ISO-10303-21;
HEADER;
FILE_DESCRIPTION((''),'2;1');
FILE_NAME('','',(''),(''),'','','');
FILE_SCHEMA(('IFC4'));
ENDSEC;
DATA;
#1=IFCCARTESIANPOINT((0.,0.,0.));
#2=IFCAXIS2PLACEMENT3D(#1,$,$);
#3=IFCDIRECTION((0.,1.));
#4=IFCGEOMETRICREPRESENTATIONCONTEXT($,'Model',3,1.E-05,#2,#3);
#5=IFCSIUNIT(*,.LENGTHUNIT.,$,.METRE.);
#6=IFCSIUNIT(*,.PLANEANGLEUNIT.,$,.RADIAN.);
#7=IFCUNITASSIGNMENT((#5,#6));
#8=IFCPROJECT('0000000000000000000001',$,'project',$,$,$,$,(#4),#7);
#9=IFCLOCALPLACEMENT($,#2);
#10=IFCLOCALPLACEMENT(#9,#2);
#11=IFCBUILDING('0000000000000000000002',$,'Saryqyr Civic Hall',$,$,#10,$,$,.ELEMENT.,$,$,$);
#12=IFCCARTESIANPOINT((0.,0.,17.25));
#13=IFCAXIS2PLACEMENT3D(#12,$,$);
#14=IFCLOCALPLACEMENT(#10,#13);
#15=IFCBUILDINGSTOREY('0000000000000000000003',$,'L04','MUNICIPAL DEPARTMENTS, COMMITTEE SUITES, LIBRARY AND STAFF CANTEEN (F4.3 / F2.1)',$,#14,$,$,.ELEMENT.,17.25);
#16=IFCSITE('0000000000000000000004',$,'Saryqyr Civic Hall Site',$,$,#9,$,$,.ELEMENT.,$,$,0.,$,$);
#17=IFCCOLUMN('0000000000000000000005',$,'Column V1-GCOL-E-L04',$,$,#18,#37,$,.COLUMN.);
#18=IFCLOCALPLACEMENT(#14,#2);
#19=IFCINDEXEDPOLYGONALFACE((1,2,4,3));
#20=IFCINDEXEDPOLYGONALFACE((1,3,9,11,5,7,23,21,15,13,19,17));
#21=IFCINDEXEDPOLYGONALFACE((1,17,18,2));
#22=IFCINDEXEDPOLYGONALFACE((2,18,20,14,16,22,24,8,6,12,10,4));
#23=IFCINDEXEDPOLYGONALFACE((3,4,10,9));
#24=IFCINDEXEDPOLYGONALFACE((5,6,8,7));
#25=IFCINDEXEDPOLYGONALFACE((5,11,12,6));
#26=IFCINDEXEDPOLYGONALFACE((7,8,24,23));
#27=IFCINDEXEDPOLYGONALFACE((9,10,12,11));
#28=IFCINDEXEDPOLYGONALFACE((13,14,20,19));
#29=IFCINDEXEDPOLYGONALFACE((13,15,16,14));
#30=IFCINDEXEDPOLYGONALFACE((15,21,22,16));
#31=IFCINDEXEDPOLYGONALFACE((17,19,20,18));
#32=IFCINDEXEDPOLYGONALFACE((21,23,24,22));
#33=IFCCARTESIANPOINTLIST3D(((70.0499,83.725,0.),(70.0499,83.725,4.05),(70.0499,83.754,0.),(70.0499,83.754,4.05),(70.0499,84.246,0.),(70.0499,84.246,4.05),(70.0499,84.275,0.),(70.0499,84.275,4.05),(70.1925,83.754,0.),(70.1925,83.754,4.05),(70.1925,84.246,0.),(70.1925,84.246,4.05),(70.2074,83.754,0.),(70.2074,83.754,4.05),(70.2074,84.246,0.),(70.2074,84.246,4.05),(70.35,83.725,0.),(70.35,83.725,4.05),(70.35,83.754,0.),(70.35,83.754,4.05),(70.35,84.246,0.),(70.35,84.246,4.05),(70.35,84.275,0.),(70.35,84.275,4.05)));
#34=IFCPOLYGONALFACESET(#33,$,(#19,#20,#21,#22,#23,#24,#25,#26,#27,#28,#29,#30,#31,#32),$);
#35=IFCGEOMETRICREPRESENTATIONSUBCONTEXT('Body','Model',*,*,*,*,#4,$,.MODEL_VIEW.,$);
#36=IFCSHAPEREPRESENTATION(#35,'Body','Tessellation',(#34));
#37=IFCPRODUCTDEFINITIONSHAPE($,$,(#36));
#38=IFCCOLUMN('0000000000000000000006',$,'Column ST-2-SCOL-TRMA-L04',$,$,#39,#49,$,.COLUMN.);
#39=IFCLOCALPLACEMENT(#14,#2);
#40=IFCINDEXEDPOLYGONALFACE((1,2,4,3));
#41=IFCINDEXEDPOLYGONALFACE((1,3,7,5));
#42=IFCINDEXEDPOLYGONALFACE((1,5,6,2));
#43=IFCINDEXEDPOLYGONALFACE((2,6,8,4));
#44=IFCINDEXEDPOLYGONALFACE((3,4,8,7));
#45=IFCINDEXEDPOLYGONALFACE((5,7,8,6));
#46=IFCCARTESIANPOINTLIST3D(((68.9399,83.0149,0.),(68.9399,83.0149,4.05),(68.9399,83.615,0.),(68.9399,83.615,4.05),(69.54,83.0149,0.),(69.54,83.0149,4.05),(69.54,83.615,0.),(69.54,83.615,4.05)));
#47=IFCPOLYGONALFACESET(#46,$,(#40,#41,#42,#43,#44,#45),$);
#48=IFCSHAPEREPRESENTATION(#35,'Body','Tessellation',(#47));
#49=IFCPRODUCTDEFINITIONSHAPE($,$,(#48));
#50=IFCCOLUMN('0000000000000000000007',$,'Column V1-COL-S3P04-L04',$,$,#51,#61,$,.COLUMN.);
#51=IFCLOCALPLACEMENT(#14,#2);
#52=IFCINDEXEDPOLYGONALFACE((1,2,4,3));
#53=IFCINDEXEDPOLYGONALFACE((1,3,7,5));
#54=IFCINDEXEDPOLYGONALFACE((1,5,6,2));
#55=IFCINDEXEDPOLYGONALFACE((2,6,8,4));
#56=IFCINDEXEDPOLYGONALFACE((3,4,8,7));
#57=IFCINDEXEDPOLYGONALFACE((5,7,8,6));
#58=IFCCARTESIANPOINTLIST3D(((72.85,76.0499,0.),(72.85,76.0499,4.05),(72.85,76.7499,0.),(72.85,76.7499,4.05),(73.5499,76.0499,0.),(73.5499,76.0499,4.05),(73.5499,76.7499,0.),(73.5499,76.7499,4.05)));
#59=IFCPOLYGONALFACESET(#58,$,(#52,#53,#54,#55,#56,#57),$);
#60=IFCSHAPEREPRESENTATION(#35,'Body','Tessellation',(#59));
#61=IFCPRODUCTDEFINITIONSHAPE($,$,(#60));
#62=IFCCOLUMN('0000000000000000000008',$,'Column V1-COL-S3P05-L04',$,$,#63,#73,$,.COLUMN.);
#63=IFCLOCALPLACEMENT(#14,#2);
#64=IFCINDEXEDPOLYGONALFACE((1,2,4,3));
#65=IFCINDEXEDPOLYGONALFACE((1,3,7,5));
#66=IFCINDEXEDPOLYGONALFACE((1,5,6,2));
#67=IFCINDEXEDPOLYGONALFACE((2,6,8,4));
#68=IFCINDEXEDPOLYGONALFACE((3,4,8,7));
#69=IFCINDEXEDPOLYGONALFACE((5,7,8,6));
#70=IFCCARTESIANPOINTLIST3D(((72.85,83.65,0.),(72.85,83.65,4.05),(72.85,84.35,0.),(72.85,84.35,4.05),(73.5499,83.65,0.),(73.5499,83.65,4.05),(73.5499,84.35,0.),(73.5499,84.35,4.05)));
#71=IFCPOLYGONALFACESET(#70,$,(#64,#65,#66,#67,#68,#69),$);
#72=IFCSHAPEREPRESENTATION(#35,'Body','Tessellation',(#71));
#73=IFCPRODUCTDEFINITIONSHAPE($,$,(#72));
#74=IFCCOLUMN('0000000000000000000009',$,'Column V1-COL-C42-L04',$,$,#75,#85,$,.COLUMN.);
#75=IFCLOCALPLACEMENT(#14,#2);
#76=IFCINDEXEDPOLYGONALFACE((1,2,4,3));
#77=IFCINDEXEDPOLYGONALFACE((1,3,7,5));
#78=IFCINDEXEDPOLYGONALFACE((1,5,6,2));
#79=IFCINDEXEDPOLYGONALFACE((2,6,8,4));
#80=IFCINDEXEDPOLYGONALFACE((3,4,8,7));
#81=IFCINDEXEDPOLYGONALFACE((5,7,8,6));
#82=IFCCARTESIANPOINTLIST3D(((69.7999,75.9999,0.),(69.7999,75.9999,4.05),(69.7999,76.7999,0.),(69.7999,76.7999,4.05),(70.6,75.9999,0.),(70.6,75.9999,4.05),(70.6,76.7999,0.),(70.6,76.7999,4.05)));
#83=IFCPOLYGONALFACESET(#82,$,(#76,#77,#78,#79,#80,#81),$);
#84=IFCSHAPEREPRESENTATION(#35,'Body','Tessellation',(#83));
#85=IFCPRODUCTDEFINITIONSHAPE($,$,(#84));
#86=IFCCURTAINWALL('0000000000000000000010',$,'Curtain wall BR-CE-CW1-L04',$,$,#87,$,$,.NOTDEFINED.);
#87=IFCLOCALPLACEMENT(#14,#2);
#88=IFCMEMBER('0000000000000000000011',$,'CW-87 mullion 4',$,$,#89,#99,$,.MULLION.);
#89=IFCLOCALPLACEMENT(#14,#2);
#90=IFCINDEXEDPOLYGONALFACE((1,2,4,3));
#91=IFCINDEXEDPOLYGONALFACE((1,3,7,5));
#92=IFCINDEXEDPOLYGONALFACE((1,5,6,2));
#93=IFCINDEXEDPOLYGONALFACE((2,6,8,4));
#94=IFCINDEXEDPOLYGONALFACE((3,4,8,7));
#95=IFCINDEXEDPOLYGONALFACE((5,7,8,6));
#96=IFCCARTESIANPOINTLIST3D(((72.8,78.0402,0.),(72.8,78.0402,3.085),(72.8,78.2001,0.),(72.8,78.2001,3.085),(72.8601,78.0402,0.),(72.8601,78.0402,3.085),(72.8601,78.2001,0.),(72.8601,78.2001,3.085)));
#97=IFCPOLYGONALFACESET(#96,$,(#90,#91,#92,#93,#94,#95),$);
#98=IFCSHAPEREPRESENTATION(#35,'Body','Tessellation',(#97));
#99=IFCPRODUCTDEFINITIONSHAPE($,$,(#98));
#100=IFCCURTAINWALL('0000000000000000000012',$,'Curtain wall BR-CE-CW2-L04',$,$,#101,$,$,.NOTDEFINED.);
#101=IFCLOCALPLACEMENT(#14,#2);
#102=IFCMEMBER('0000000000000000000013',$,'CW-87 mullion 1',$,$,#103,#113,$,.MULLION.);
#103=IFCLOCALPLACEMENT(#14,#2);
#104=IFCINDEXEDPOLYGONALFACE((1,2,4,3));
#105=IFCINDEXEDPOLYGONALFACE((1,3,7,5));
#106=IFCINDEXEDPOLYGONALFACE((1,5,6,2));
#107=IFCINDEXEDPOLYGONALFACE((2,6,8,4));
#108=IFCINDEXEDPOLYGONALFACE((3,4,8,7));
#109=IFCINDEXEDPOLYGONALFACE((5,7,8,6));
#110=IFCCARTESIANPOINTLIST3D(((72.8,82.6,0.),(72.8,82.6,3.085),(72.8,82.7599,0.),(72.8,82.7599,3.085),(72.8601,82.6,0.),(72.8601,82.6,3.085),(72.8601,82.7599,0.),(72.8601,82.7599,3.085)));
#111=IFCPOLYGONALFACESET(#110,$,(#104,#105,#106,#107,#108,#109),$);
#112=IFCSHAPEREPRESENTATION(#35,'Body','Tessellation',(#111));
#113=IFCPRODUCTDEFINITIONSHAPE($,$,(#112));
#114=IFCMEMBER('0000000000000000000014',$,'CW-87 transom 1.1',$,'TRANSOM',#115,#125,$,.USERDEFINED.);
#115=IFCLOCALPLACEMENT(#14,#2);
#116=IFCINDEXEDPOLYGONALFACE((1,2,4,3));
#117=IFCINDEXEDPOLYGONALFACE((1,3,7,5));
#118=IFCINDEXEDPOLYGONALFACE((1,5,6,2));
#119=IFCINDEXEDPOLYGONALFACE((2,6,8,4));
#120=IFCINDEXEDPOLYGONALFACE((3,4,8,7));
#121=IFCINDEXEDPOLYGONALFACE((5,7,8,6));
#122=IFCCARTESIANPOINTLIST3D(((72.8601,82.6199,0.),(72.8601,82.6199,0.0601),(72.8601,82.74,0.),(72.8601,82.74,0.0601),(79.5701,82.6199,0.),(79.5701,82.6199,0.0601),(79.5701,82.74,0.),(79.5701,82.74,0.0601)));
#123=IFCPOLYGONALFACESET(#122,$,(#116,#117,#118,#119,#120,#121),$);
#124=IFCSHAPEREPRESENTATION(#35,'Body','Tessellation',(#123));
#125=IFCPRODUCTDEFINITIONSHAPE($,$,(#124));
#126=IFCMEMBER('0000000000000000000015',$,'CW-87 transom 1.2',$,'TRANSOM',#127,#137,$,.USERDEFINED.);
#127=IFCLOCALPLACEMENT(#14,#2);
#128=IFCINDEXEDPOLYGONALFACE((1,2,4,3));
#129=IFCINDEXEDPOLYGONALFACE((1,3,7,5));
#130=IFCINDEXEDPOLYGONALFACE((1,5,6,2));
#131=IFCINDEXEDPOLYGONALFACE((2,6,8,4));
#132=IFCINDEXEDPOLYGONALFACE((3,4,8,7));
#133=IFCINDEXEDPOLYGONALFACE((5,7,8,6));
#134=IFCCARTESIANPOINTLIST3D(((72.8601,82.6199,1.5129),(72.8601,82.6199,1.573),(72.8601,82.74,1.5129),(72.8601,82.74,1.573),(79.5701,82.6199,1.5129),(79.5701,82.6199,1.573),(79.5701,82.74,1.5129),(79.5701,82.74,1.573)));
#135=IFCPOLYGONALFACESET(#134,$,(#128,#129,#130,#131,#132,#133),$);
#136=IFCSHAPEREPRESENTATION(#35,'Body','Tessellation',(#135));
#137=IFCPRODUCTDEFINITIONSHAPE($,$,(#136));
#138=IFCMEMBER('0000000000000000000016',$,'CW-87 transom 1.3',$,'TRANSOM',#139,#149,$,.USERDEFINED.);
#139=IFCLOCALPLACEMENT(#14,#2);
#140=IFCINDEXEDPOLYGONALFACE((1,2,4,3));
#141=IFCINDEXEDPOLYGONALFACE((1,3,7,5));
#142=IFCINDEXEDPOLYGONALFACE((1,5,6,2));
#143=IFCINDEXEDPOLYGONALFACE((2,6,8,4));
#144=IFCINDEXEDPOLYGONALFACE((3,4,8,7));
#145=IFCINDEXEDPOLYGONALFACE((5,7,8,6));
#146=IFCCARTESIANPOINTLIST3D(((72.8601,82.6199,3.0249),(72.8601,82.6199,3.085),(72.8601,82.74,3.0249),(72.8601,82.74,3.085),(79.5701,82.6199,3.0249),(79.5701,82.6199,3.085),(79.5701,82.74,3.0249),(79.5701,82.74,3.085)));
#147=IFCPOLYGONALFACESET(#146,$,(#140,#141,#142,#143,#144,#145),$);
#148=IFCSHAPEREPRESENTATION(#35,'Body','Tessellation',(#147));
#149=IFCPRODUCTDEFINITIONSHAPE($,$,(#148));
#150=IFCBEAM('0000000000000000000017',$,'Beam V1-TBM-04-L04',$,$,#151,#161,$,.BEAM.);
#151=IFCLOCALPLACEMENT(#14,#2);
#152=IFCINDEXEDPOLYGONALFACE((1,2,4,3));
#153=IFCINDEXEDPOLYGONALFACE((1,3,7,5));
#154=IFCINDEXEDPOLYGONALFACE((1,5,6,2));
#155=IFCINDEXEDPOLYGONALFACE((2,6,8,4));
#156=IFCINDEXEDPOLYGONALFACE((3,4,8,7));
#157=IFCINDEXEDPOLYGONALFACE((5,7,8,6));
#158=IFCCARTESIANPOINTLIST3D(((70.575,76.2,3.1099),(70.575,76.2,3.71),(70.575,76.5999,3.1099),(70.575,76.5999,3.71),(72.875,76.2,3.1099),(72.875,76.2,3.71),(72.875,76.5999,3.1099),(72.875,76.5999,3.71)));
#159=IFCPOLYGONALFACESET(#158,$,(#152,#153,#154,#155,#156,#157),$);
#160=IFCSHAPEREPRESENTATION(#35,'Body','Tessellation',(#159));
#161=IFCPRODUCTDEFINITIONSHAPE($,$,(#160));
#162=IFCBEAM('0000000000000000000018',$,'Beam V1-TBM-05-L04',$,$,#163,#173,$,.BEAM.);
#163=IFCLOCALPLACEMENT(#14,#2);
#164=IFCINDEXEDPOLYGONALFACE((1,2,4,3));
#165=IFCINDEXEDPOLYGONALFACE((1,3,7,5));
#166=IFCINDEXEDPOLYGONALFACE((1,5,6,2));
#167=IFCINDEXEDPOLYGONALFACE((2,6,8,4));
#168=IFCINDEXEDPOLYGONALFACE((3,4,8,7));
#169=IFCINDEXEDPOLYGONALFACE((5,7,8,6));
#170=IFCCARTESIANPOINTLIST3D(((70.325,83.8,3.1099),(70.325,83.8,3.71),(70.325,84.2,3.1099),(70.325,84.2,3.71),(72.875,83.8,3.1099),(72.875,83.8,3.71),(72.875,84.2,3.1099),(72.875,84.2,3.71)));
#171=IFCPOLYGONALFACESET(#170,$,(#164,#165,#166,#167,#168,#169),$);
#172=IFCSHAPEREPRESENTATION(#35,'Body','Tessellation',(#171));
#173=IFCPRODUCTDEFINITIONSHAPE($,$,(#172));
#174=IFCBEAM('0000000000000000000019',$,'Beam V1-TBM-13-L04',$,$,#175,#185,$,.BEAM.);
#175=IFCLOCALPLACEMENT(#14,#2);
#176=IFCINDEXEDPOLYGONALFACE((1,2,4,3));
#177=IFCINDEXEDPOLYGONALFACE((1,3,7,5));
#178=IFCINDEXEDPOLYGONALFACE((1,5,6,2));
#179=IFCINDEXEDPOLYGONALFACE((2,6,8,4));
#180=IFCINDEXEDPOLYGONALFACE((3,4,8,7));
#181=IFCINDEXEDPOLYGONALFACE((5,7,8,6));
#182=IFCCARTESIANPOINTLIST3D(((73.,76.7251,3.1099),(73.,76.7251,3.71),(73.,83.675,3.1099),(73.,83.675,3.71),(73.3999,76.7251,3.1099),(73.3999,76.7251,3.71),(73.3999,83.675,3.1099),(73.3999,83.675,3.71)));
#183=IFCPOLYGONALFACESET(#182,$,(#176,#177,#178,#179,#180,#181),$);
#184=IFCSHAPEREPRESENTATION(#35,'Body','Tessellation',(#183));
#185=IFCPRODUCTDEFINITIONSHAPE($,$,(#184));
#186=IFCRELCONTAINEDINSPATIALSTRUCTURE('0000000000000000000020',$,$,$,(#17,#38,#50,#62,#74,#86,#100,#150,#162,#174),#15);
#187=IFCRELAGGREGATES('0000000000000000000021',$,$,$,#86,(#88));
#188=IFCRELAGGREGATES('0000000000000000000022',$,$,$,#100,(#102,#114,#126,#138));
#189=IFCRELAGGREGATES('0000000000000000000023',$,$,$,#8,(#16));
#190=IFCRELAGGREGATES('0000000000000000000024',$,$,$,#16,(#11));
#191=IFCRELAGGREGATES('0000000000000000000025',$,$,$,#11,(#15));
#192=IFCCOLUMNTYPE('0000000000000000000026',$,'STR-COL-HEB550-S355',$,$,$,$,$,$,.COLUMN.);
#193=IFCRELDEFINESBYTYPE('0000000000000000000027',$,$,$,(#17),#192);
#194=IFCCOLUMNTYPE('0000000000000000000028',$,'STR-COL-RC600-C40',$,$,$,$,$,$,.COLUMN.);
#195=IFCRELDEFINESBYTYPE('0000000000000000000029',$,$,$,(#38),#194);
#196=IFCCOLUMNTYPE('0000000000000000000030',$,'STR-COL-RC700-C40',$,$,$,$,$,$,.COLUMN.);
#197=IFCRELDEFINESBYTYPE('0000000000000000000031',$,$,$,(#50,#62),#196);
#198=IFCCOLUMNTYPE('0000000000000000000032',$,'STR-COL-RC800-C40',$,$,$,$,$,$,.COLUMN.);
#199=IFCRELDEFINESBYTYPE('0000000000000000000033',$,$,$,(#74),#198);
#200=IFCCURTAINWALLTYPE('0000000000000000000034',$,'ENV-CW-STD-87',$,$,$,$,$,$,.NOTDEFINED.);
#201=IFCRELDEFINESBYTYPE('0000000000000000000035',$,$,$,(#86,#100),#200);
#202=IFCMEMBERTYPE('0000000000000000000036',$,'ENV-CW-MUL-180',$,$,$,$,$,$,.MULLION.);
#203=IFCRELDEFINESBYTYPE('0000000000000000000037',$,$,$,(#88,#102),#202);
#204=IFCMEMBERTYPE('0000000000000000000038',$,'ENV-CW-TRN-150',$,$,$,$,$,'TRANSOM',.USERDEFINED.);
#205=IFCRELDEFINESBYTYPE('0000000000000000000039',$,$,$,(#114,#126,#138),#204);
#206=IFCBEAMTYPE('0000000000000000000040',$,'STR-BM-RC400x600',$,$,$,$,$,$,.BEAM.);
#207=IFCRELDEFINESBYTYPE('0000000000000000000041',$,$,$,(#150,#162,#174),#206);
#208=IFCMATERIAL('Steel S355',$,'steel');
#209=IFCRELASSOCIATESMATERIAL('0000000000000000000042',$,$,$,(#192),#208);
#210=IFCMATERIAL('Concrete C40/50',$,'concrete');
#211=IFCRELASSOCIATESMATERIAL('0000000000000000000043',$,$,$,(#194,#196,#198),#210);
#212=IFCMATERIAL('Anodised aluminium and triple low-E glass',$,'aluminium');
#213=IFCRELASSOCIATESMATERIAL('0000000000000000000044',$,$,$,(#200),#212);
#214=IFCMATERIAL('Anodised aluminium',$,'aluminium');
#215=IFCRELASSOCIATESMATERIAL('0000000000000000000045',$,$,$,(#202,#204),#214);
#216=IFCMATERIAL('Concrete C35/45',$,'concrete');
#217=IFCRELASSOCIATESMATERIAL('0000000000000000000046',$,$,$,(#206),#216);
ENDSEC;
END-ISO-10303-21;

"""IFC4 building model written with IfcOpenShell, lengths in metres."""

from ifc_helpers import new_model, si_unit, direction, frame, origin, origin_2d, place, context, subcontext, project, spatial, rectangle, i_section, extrude, material, material_profile, profile_set, type_object, element, aggregate, save


model = new_model("IFC4")

# Units and contexts
model_context = context("Model", 3, precision=1e-05, world=origin(), true_north=direction((0.0, 1.0)))
body_context = subcontext(model_context, "Body", "Model", "MODEL_VIEW")
ifc_project = project(units=[si_unit("LENGTHUNIT", "METRE"), si_unit("PLANEANGLEUNIT", "RADIAN")], contexts=[model_context])

# Site, building, storey
site_placement = place(None, origin())
site = spatial("IfcSite", under=ifc_project, at=site_placement, Name="Saryqyr Civic Hall Site", CompositionType="ELEMENT", RefElevation=0.0)
building_placement = place(site_placement, origin())
building = spatial("IfcBuilding", under=site, at=building_placement, Name="Saryqyr Civic Hall", CompositionType="ELEMENT")
storey_placement = place(building_placement, frame((0.0, 0.0, 17.25)))
storey = spatial("IfcBuildingStorey", under=building, at=storey_placement, Name="L04", Description="MUNICIPAL DEPARTMENTS, COMMITTEE SUITES, LIBRARY AND STAFF CANTEEN (F4.3 / F2.1)", CompositionType="ELEMENT", Elevation=17.25)

# Columns
ifc_material_1 = material(Name="Steel S355", Category="steel")
ifc_material_profile_1 = material_profile(ifc_material_1, i_section(OverallWidth=0.3, OverallDepth=0.55, WebThickness=0.0149, FlangeThickness=0.0291, at=origin_2d()), Name="HEB 550")
ifc_profile_set_1 = profile_set([ifc_material_profile_1], Name="Steel S355")
column_type_1 = type_object("IfcColumnType", Name="STR-COL-HEB550-S355", PredefinedType="COLUMN", material=ifc_profile_set_1)
column_1_placement = place(storey_placement, frame((70.2, 84.0, 0.0), z_axis=(0.0, 0.0, 1.0), x_axis=(1.0, 0.0, 0.0)))
element("IfcColumn", 1, at=column_1_placement, inside=storey, type_object=column_type_1, Name="Column V1-GCOL-E-L04", PredefinedType="COLUMN", context=body_context, shape_type="SweptSolid", body=[
    extrude(i_section(OverallWidth=0.3, OverallDepth=0.55, WebThickness=0.0149, FlangeThickness=0.0291, at=origin_2d()), origin(), (0.0, 0.0, 1.0), 4.05),
])
ifc_material_2 = material(Name="Concrete C40/50", Category="concrete")
ifc_material_profile_2 = material_profile(ifc_material_2, rectangle(XDim=0.6001, YDim=0.6001, at=origin_2d()), Name="RC 600x600")
ifc_profile_set_2 = profile_set([ifc_material_profile_2], Name="Concrete C40/50")
column_type_2 = type_object("IfcColumnType", Name="STR-COL-RC600-C40", PredefinedType="COLUMN", material=ifc_profile_set_2)
column_2_placement = place(storey_placement, frame((69.24, 83.3149, 0.0), z_axis=(0.0, 0.0, 1.0), x_axis=(1.0, 0.0, 0.0)))
element("IfcColumn", 2, at=column_2_placement, inside=storey, type_object=column_type_2, Name="Column ST-2-SCOL-TRMA-L04", PredefinedType="COLUMN", context=body_context, shape_type="SweptSolid", body=[
    extrude(rectangle(XDim=0.6001, YDim=0.6001, at=origin_2d()), origin(), (0.0, 0.0, 1.0), 4.05),
])
ifc_material_profile_3 = material_profile(ifc_material_2, rectangle(XDim=0.7, YDim=0.7, at=origin_2d()), Name="RC 700x700")
ifc_profile_set_3 = profile_set([ifc_material_profile_3], Name="Concrete C40/50")
column_type_3 = type_object("IfcColumnType", Name="STR-COL-RC700-C40", PredefinedType="COLUMN", material=ifc_profile_set_3)
for number, where, z_axis, x_axis, name in (
    (3, (73.2, 76.3999, 0.0), (0.0, 0.0, 1.0), (1.0, 0.0, 0.0), "Column V1-COL-S3P04-L04"),
    (4, (73.2, 84.0, 0.0), (0.0, 0.0, 1.0), (1.0, 0.0, 0.0), "Column V1-COL-S3P05-L04"),
):
    element("IfcColumn", number, at=place(storey_placement, frame(where, z_axis=z_axis, x_axis=x_axis)), inside=storey, type_object=column_type_3, Name=name, PredefinedType="COLUMN", context=body_context, shape_type="SweptSolid", body=[
        extrude(rectangle(XDim=0.7, YDim=0.7, at=origin_2d()), origin(), (0.0, 0.0, 1.0), 4.05),
    ])
ifc_material_profile_4 = material_profile(ifc_material_2, rectangle(XDim=0.8, YDim=0.8, at=origin_2d()), Name="RC 800x800")
ifc_profile_set_4 = profile_set([ifc_material_profile_4], Name="Concrete C40/50")
column_type_4 = type_object("IfcColumnType", Name="STR-COL-RC800-C40", PredefinedType="COLUMN", material=ifc_profile_set_4)
column_3_placement = place(storey_placement, frame((70.2, 76.3999, 0.0), z_axis=(0.0, 0.0, 1.0), x_axis=(1.0, 0.0, 0.0)))
element("IfcColumn", 5, at=column_3_placement, inside=storey, type_object=column_type_4, Name="Column V1-COL-C42-L04", PredefinedType="COLUMN", context=body_context, shape_type="SweptSolid", body=[
    extrude(rectangle(XDim=0.8, YDim=0.8, at=origin_2d()), origin(), (0.0, 0.0, 1.0), 4.05),
])

# Curtain wall, member
ifc_material_3 = material(Name="Anodised aluminium and triple low-E glass", Category="aluminium")
curtain_wall_type = type_object("IfcCurtainWallType", Name="ENV-CW-STD-87", PredefinedType="NOTDEFINED", material=ifc_material_3)
curtain_wall_1_placement = place(storey_placement, origin())
curtain_wall_1 = element("IfcCurtainWall", 6, at=curtain_wall_1_placement, inside=storey, type_object=curtain_wall_type, Name="Curtain wall BR-CE-CW1-L04", PredefinedType="NOTDEFINED")
ifc_material_4 = material(Name="Anodised aluminium", Category="aluminium")
ifc_material_profile_5 = material_profile(ifc_material_4, rectangle(XDim=0.0601, YDim=0.1599, at=origin_2d()), Name="ALU MULLION 60x160")
ifc_profile_set_5 = profile_set([ifc_material_profile_5], Name="Anodised aluminium")
member_type_1 = type_object("IfcMemberType", Name="ENV-CW-MUL-180", PredefinedType="MULLION", material=ifc_profile_set_5)
member_1_placement = place(storey_placement, frame((72.8301, 78.1201, 0.0), z_axis=(0.0, 0.0, 1.0), x_axis=(-1.0, 0.0, 0.0)))
member_1 = element("IfcMember", 7, at=member_1_placement, type_object=member_type_1, Name="CW-87 mullion 4", PredefinedType="MULLION", context=body_context, shape_type="SweptSolid", body=[
    extrude(rectangle(XDim=0.0601, YDim=0.1599, at=origin_2d()), origin(), (0.0, 0.0, 1.0), 3.085),
])
aggregate(curtain_wall_1, [member_1])

# Curtain wall, members
curtain_wall_2_placement = place(storey_placement, origin())
curtain_wall_2 = element("IfcCurtainWall", 8, at=curtain_wall_2_placement, inside=storey, type_object=curtain_wall_type, Name="Curtain wall BR-CE-CW2-L04", PredefinedType="NOTDEFINED")
member_2_placement = place(storey_placement, frame((72.8301, 82.6799, 0.0), z_axis=(0.0, 0.0, 1.0), x_axis=(1.0, 0.0, 0.0)))
member_2 = element("IfcMember", 9, at=member_2_placement, type_object=member_type_1, Name="CW-87 mullion 1", PredefinedType="MULLION", context=body_context, shape_type="SweptSolid", body=[
    extrude(rectangle(XDim=0.0601, YDim=0.1599, at=origin_2d()), origin(), (0.0, 0.0, 1.0), 3.085),
])
ifc_material_profile_6 = material_profile(ifc_material_4, rectangle(XDim=0.1201, YDim=0.0601, at=origin_2d()), Name="ALU TRANSOM 120x60")
ifc_profile_set_6 = profile_set([ifc_material_profile_6], Name="Anodised aluminium")
member_type_2 = type_object("IfcMemberType", Name="ENV-CW-TRN-150", ElementType="TRANSOM", PredefinedType="USERDEFINED", material=ifc_profile_set_6)
member_3_placement = place(storey_placement, frame((72.8601, 82.6799, 0.03), z_axis=(1.0, 0.0, 0.0), x_axis=(0.0, 1.0, 0.0)))
member_3 = element("IfcMember", 10, at=member_3_placement, type_object=member_type_2, Name="CW-87 transom 1.1", ObjectType="TRANSOM", PredefinedType="USERDEFINED", context=body_context, shape_type="SweptSolid", body=[
    extrude(rectangle(XDim=0.1201, YDim=0.0601, at=origin_2d()), origin(), (0.0, 0.0, 1.0), 6.71),
])
member_4_placement = place(storey_placement, frame((72.8601, 82.6799, 1.543), z_axis=(1.0, 0.0, 0.0), x_axis=(0.0, 1.0, 0.0)))
member_4 = element("IfcMember", 11, at=member_4_placement, type_object=member_type_2, Name="CW-87 transom 1.2", ObjectType="TRANSOM", PredefinedType="USERDEFINED", context=body_context, shape_type="SweptSolid", body=[
    extrude(rectangle(XDim=0.1201, YDim=0.0601, at=origin_2d()), origin(), (0.0, 0.0, 1.0), 6.71),
])
member_5_placement = place(storey_placement, frame((72.8601, 82.6799, 3.0549), z_axis=(1.0, 0.0, 0.0), x_axis=(0.0, 1.0, 0.0)))
member_5 = element("IfcMember", 12, at=member_5_placement, type_object=member_type_2, Name="CW-87 transom 1.3", ObjectType="TRANSOM", PredefinedType="USERDEFINED", context=body_context, shape_type="SweptSolid", body=[
    extrude(rectangle(XDim=0.1201, YDim=0.0601, at=origin_2d()), origin(), (0.0, 0.0, 1.0), 6.71),
])
aggregate(curtain_wall_2, [member_2, member_3, member_4, member_5])

# Beams
ifc_material_5 = material(Name="Concrete C35/45", Category="concrete")
ifc_material_profile_7 = material_profile(ifc_material_5, rectangle(XDim=0.3999, YDim=0.6001, at=origin_2d()), Name="RC 400x600")
ifc_profile_set_7 = profile_set([ifc_material_profile_7], Name="Concrete C35/45")
beam_type_1 = type_object("IfcBeamType", Name="STR-BM-RC400x600", PredefinedType="BEAM", material=ifc_profile_set_7)
beam_1_placement = place(storey_placement, frame((70.575, 76.3999, 3.4099), z_axis=(1.0, 0.0, 0.0), x_axis=(0.0, 1.0, 0.0)))
element("IfcBeam", 13, at=beam_1_placement, inside=storey, type_object=beam_type_1, Name="Beam V1-TBM-04-L04", PredefinedType="BEAM", context=body_context, shape_type="SweptSolid", body=[
    extrude(rectangle(XDim=0.3999, YDim=0.6001, at=origin_2d()), origin(), (0.0, 0.0, 1.0), 2.3),
])
beam_2_placement = place(storey_placement, frame((70.325, 84.0, 3.4099), z_axis=(1.0, 0.0, 0.0), x_axis=(0.0, 1.0, 0.0)))
element("IfcBeam", 14, at=beam_2_placement, inside=storey, type_object=beam_type_1, Name="Beam V1-TBM-05-L04", PredefinedType="BEAM", context=body_context, shape_type="SweptSolid", body=[
    extrude(rectangle(XDim=0.3999, YDim=0.6001, at=origin_2d()), origin(), (0.0, 0.0, 1.0), 2.55),
])
beam_3_placement = place(storey_placement, frame((73.2, 76.7251, 3.4099), z_axis=(0.0, 1.0, 0.0), x_axis=(-1.0, 0.0, 0.0)))
element("IfcBeam", 15, at=beam_3_placement, inside=storey, type_object=beam_type_1, Name="Beam V1-TBM-13-L04", PredefinedType="BEAM", context=body_context, shape_type="SweptSolid", body=[
    extrude(rectangle(XDim=0.3999, YDim=0.6001, at=origin_2d()), origin(), (0.0, 0.0, 1.0), 6.95),
])

save(model, "model.ifc")
